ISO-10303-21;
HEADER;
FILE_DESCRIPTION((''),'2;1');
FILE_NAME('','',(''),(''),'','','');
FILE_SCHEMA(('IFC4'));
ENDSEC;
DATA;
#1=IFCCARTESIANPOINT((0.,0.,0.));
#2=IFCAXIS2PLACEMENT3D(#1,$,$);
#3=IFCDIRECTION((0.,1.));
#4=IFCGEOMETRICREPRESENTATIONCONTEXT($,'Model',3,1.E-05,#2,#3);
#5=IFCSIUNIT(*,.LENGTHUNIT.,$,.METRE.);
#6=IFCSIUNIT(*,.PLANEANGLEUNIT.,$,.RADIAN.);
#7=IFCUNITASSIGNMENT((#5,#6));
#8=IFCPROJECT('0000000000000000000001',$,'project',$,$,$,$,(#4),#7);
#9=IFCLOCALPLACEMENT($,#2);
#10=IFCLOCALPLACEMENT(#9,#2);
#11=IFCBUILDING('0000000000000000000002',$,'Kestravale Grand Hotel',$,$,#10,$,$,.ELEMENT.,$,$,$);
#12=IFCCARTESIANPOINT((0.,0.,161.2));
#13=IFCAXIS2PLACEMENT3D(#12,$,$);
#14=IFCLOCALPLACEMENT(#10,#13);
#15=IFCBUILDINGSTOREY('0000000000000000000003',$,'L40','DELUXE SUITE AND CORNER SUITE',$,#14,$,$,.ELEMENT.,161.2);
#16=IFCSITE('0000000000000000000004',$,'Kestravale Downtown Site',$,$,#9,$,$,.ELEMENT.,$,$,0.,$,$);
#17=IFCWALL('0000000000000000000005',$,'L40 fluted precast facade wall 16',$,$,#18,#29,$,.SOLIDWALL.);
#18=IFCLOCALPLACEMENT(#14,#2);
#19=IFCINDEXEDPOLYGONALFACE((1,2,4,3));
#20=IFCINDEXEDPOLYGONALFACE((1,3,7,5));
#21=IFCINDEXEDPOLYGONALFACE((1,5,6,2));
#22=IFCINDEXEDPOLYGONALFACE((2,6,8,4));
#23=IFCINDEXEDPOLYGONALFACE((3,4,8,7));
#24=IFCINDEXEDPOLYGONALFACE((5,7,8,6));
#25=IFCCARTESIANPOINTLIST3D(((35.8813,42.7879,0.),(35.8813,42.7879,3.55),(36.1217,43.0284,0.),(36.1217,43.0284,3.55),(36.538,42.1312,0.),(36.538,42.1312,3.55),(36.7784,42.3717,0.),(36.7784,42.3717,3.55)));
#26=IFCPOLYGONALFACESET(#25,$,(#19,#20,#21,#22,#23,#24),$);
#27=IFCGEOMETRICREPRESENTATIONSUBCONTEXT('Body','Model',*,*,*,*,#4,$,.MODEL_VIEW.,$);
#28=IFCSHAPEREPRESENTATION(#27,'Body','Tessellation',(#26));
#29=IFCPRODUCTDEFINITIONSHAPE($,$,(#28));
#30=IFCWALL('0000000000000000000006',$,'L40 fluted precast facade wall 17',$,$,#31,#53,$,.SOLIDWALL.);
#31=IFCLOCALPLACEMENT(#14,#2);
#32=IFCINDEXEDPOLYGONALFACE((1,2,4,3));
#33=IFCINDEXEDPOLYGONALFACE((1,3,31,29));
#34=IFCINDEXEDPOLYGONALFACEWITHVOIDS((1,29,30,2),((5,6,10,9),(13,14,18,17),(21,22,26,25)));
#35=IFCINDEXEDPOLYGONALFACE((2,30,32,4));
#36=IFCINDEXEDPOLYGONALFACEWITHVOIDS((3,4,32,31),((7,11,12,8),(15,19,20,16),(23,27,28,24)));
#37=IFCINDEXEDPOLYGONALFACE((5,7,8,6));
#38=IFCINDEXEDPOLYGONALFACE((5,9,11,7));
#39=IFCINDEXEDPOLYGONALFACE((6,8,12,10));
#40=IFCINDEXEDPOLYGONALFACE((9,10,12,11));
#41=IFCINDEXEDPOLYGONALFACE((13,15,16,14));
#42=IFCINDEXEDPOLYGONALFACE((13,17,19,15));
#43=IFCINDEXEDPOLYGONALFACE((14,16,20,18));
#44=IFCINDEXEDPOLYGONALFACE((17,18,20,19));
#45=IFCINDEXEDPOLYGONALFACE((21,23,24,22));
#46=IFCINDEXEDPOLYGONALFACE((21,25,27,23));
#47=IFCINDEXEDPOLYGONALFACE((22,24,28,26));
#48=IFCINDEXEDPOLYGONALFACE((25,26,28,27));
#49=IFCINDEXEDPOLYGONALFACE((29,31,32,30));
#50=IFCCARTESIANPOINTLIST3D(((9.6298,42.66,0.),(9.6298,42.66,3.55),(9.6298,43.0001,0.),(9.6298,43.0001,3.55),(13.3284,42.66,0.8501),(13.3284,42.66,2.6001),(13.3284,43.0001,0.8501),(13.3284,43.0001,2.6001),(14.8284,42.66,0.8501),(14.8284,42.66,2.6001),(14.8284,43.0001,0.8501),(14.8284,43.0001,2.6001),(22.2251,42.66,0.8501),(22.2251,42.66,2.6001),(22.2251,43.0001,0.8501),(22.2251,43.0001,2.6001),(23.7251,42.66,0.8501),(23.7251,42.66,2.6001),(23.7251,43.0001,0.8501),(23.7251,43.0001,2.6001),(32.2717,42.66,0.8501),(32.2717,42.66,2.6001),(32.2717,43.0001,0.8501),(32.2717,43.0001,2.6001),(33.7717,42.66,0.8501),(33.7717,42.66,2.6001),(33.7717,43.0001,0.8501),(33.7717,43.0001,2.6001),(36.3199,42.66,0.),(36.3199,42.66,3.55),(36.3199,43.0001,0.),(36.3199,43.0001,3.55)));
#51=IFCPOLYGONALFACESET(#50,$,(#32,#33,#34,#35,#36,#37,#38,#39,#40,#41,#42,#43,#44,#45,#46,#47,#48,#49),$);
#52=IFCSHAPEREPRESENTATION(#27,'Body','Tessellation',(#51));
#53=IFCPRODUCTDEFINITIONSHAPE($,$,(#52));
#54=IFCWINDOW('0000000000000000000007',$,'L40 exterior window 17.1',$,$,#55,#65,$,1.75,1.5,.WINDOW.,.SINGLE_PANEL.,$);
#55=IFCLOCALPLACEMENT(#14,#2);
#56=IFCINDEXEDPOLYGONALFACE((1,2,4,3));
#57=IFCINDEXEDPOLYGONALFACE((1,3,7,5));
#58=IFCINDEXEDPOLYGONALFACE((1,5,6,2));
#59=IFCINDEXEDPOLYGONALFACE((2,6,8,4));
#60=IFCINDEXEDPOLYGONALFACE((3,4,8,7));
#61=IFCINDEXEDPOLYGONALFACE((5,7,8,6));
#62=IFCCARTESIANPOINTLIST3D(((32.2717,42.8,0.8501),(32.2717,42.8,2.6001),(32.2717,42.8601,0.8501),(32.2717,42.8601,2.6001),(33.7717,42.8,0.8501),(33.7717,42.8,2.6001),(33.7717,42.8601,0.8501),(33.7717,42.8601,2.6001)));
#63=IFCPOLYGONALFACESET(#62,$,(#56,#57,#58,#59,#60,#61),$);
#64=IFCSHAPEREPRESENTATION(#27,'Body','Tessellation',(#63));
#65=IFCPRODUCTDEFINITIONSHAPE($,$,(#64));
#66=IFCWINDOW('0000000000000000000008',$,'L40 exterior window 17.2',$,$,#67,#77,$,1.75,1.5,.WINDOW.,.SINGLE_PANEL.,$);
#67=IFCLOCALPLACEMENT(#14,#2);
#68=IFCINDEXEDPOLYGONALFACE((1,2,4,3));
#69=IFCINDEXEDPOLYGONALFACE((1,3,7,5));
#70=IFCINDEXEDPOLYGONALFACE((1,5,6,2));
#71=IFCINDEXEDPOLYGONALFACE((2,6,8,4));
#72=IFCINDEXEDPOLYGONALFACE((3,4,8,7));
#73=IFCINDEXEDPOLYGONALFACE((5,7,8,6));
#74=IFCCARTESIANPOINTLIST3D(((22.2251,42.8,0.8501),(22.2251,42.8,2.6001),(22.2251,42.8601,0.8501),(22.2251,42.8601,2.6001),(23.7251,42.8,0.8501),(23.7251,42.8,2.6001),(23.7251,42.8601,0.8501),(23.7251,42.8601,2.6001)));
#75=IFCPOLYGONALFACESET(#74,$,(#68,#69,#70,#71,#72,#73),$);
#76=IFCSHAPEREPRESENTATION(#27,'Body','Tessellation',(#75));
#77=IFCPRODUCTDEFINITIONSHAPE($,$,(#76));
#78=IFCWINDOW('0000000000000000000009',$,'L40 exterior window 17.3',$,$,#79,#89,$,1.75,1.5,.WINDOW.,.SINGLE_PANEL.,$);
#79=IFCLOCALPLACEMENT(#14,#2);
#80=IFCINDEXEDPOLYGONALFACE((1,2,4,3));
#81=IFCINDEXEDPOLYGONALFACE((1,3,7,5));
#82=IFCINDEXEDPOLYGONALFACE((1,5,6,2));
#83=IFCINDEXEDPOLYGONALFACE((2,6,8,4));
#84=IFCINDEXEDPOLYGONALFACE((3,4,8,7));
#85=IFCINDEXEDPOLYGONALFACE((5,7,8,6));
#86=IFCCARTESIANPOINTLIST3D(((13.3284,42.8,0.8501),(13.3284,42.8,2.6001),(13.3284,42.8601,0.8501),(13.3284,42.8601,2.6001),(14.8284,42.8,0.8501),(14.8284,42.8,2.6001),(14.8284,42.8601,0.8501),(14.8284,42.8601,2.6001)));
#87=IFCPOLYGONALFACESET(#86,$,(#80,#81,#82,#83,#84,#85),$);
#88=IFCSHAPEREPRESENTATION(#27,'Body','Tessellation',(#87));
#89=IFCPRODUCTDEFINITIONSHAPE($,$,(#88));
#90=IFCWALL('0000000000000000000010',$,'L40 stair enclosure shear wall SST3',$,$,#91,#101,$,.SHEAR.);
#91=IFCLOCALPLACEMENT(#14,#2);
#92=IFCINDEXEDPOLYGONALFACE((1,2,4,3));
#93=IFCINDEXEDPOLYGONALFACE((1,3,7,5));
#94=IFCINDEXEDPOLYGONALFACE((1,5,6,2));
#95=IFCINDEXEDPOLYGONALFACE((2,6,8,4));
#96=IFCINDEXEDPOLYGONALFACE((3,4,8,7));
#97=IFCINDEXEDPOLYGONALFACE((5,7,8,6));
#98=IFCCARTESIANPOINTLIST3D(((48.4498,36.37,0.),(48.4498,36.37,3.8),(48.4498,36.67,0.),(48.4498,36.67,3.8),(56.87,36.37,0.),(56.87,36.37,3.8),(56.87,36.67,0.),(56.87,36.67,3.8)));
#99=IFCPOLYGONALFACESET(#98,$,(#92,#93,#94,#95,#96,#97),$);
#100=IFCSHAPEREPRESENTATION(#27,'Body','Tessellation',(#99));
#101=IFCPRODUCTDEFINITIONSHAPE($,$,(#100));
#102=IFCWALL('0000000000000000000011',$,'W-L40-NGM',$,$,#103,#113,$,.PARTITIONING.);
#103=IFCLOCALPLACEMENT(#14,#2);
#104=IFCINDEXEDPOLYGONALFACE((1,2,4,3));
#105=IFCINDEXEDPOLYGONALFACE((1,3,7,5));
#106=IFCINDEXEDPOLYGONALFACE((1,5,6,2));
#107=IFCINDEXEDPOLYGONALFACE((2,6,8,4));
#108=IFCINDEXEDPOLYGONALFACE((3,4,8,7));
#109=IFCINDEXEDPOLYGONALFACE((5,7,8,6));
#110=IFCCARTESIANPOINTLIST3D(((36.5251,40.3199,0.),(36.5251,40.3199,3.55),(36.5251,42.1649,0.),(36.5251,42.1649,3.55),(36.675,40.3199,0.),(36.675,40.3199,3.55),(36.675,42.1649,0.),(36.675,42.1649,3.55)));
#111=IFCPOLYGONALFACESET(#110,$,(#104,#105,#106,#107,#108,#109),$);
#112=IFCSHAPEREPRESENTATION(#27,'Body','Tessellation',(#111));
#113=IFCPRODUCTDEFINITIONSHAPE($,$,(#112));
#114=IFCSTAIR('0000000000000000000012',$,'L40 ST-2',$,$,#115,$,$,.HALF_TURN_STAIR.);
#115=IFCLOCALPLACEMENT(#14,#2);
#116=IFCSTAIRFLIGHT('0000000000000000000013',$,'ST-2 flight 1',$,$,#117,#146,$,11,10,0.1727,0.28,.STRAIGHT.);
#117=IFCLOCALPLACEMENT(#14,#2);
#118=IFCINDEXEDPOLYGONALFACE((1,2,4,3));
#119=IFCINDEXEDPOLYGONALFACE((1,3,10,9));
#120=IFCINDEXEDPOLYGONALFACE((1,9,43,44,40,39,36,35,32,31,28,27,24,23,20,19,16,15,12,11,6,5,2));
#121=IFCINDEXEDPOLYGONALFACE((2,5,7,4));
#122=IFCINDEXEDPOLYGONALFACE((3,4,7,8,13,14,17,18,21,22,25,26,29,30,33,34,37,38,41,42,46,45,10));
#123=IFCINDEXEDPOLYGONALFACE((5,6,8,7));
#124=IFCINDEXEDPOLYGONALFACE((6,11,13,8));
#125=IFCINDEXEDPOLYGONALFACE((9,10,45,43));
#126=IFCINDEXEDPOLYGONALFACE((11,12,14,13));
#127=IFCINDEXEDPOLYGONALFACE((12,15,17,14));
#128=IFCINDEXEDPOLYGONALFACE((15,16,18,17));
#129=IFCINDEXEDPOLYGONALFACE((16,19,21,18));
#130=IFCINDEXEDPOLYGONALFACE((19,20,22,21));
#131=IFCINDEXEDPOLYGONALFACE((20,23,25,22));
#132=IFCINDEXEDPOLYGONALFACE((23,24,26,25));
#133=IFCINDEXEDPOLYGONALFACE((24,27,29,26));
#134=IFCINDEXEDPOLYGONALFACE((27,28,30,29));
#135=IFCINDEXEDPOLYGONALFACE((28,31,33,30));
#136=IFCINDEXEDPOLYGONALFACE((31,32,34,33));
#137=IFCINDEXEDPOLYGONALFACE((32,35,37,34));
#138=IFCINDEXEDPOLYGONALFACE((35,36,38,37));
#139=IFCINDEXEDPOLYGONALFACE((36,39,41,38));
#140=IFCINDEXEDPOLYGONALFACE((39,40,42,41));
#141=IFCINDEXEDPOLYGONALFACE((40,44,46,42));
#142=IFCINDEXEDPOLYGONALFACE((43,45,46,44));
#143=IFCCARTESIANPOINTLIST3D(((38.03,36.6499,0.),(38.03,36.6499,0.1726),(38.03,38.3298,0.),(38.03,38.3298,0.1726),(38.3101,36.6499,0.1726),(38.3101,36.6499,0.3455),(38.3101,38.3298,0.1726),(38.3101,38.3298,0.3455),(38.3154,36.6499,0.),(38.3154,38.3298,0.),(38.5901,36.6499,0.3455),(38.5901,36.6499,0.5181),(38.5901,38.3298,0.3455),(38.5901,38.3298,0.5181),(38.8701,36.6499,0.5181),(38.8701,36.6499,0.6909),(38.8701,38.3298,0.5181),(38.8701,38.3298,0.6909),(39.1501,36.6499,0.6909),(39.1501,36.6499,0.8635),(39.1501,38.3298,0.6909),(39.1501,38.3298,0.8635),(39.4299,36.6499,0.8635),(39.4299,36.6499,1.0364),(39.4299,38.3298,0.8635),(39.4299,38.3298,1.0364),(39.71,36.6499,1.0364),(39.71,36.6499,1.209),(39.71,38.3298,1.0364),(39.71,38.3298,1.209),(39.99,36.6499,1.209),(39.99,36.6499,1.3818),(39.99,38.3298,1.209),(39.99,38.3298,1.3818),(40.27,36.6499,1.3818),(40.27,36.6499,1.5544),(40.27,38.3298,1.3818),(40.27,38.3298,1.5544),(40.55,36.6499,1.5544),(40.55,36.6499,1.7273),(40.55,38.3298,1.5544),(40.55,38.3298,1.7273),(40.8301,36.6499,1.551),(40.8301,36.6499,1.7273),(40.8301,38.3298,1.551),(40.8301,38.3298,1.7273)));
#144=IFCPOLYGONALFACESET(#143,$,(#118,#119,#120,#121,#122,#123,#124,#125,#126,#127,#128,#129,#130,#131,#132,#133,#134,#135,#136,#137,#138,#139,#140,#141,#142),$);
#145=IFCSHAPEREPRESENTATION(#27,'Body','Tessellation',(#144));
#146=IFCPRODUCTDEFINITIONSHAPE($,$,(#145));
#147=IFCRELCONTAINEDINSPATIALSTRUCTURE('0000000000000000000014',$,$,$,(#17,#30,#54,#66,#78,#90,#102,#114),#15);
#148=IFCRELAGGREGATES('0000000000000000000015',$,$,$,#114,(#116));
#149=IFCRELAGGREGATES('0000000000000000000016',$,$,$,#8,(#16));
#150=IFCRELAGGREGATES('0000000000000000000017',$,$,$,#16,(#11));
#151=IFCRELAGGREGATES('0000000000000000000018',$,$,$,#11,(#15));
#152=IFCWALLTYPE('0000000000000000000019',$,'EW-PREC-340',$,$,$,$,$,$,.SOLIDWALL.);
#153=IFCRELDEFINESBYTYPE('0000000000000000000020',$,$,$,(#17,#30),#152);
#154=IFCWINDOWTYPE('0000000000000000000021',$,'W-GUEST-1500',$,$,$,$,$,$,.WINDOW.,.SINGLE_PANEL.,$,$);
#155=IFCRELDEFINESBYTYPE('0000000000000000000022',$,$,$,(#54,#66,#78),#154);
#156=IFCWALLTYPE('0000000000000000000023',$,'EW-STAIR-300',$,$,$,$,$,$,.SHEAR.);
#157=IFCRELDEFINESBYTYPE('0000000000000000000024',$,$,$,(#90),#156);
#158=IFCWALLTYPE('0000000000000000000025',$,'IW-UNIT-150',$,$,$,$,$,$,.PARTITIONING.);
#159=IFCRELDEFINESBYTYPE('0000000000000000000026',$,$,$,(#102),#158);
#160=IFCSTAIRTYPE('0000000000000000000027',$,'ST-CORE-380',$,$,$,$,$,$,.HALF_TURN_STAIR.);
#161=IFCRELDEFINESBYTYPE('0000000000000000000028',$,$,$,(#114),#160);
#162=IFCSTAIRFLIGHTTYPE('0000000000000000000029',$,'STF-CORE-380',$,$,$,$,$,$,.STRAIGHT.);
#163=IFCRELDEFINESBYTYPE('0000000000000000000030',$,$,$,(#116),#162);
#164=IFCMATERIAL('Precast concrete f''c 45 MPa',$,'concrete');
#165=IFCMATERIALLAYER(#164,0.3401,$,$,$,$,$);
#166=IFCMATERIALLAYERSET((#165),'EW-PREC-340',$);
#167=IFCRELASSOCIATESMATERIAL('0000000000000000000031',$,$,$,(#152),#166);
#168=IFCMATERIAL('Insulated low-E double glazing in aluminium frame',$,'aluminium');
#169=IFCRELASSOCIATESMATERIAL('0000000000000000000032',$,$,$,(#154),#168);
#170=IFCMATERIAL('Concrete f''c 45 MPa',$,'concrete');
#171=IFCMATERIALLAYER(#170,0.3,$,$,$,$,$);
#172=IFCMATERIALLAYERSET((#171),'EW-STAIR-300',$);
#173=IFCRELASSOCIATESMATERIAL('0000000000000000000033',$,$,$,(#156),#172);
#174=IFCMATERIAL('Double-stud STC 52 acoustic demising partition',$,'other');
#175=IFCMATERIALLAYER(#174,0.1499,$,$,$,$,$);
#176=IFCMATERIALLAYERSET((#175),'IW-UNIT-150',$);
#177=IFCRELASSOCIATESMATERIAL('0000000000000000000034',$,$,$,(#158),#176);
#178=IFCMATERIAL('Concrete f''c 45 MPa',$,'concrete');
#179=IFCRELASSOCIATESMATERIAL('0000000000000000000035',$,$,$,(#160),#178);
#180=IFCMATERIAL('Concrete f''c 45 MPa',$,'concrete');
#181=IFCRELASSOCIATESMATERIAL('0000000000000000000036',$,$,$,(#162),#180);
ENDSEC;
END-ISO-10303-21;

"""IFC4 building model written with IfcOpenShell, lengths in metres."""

from ifc_helpers import new_model, si_unit, direction, frame, frame_2d, origin, place, context, subcontext, project, spatial, polyline, rectangle, outline, extrude, material, layer, layer_set, type_object, element, fill, aggregate, save


model = new_model("IFC4")

# Units and contexts
model_context = context("Model", 3, precision=1e-05, world=origin(), true_north=direction((0.0, 1.0)))
body_context = subcontext(model_context, "Body", "Model", "MODEL_VIEW")
ifc_project = project(units=[si_unit("LENGTHUNIT", "METRE"), si_unit("PLANEANGLEUNIT", "RADIAN")], contexts=[model_context])

# Site, building, storey
site_placement = place(None, origin())
site = spatial("IfcSite", under=ifc_project, at=site_placement, Name="Kestravale Downtown Site", CompositionType="ELEMENT", RefElevation=0.0)
building_placement = place(site_placement, origin())
building = spatial("IfcBuilding", under=site, at=building_placement, Name="Kestravale Grand Hotel", CompositionType="ELEMENT")
storey_placement = place(building_placement, frame((0.0, 0.0, 161.2)))
storey = spatial("IfcBuildingStorey", under=building, at=storey_placement, Name="L40", Description="DELUXE SUITE AND CORNER SUITE", CompositionType="ELEMENT", Elevation=161.2)

# Shared definitions
ifc_material_1 = material(Name="Precast concrete f'c 45 MPa", Category="concrete")
ifc_layer_1 = layer(ifc_material_1, 0.3401)
ifc_layer_set_1 = layer_set([ifc_layer_1], Name="EW-PREC-340")
wall_type_1 = type_object("IfcWallType", Name="EW-PREC-340", PredefinedType="SOLIDWALL", material=ifc_layer_set_1)

# Shared definitions
ifc_material_2 = material(Name="Insulated low-E double glazing in aluminium frame", Category="aluminium")
window_type = type_object("IfcWindowType", Name="W-GUEST-1500", PartitioningType="SINGLE_PANEL", PredefinedType="WINDOW", material=ifc_material_2)

# Wall
wall_1_placement = place(storey_placement, frame((36.6582, 42.2515, 0.0), z_axis=(0.0, 0.0, 1.0), x_axis=(-0.707107, 0.707107, 0.0)))
element("IfcWall", 1, at=wall_1_placement, inside=storey, type_object=wall_type_1, Name="L40 fluted precast facade wall 16", PredefinedType="SOLIDWALL", context=body_context, shape_type="SweptSolid", body=[
    extrude(rectangle(XDim=0.9287, YDim=0.3401, at=frame_2d((0.4644, 0.0))), origin(), (0.0, 0.0, 1.0), 3.55),
])

# Wall, openings, windows
wall_2_placement = place(storey_placement, frame((36.3201, 42.8301, 0.0), z_axis=(0.0, 0.0, 1.0), x_axis=(-1.0, 0.0, 0.0)))
wall_2 = element("IfcWall", 2, at=wall_2_placement, inside=storey, type_object=wall_type_1, Name="L40 fluted precast facade wall 17", PredefinedType="SOLIDWALL", context=body_context, shape_type="SweptSolid", body=[
    extrude(rectangle(XDim=26.6902, YDim=0.3401, at=frame_2d((13.3452, 0.0))), origin(), (0.0, 0.0, 1.0), 3.55),
])
opening_1_placement = place(wall_2_placement, frame((2.5483, 0.0, 0.8501)))
opening_1 = element("IfcOpeningElement", 3, at=opening_1_placement, cuts=wall_2, PredefinedType="OPENING", context=body_context, shape_type="SweptSolid", body=[
    extrude(rectangle(XDim=1.5, YDim=1.75, at=frame_2d((0.75, 0.875))), frame((0.0, 0.1799, 0.0), z_axis=(0.0, -1.0, 0.0), x_axis=(1.0, 0.0, 0.0)), (0.0, 0.0, 1.0), 0.3601),
])
opening_2_placement = place(wall_2_placement, frame((12.595, 0.0, 0.8501)))
opening_2 = element("IfcOpeningElement", 4, at=opening_2_placement, cuts=wall_2, PredefinedType="OPENING", context=body_context, shape_type="SweptSolid", body=[
    extrude(rectangle(XDim=1.5, YDim=1.75, at=frame_2d((0.75, 0.875))), frame((0.0, 0.1799, 0.0), z_axis=(0.0, -1.0, 0.0), x_axis=(1.0, 0.0, 0.0)), (0.0, 0.0, 1.0), 0.3601),
])
opening_3_placement = place(wall_2_placement, frame((21.4917, 0.0, 0.8501)))
opening_3 = element("IfcOpeningElement", 5, at=opening_3_placement, cuts=wall_2, PredefinedType="OPENING", context=body_context, shape_type="SweptSolid", body=[
    extrude(rectangle(XDim=1.5, YDim=1.75, at=frame_2d((0.75, 0.875))), frame((0.0, 0.1799, 0.0), z_axis=(0.0, -1.0, 0.0), x_axis=(1.0, 0.0, 0.0)), (0.0, 0.0, 1.0), 0.3601),
])
window_1_placement = place(opening_1_placement, origin())
window_1 = element("IfcWindow", 6, at=window_1_placement, inside=storey, type_object=window_type, Name="L40 exterior window 17.1", OverallHeight=1.75, OverallWidth=1.5, PartitioningType="SINGLE_PANEL", PredefinedType="WINDOW", context=body_context, shape_type="SweptSolid", body=[
    extrude(rectangle(XDim=1.5, YDim=1.75, at=frame_2d((0.75, 0.875))), frame((0.0, 0.03, 0.0), z_axis=(0.0, -1.0, 0.0), x_axis=(1.0, 0.0, 0.0)), (0.0, 0.0, 1.0), 0.0601),
])
fill(opening_1, window_1)
window_2_placement = place(opening_2_placement, origin())
window_2 = element("IfcWindow", 7, at=window_2_placement, inside=storey, type_object=window_type, Name="L40 exterior window 17.2", OverallHeight=1.75, OverallWidth=1.5, PartitioningType="SINGLE_PANEL", PredefinedType="WINDOW", context=body_context, shape_type="SweptSolid", body=[
    extrude(rectangle(XDim=1.5, YDim=1.75, at=frame_2d((0.75, 0.875))), frame((0.0, 0.03, 0.0), z_axis=(0.0, -1.0, 0.0), x_axis=(1.0, 0.0, 0.0)), (0.0, 0.0, 1.0), 0.0601),
])
fill(opening_2, window_2)
window_3_placement = place(opening_3_placement, origin())
window_3 = element("IfcWindow", 8, at=window_3_placement, inside=storey, type_object=window_type, Name="L40 exterior window 17.3", OverallHeight=1.75, OverallWidth=1.5, PartitioningType="SINGLE_PANEL", PredefinedType="WINDOW", context=body_context, shape_type="SweptSolid", body=[
    extrude(rectangle(XDim=1.5, YDim=1.75, at=frame_2d((0.75, 0.875))), frame((0.0, 0.03, 0.0), z_axis=(0.0, -1.0, 0.0), x_axis=(1.0, 0.0, 0.0)), (0.0, 0.0, 1.0), 0.0601),
])
fill(opening_3, window_3)

# Walls
ifc_material_3 = material(Name="Concrete f'c 45 MPa", Category="concrete")
ifc_layer_2 = layer(ifc_material_3, 0.3)
ifc_layer_set_2 = layer_set([ifc_layer_2], Name="EW-STAIR-300")
wall_type_2 = type_object("IfcWallType", Name="EW-STAIR-300", PredefinedType="SHEAR", material=ifc_layer_set_2)
wall_3_placement = place(storey_placement, frame((48.45, 36.52, 0.0), z_axis=(0.0, 0.0, 1.0), x_axis=(1.0, 0.0, 0.0)))
element("IfcWall", 9, at=wall_3_placement, inside=storey, type_object=wall_type_2, Name="L40 stair enclosure shear wall SST3", PredefinedType="SHEAR", context=body_context, shape_type="SweptSolid", body=[
    extrude(rectangle(XDim=8.4202, YDim=0.3, at=frame_2d((4.21, 0.0))), origin(), (0.0, 0.0, 1.0), 3.8),
])
ifc_material_4 = material(Name="Double-stud STC 52 acoustic demising partition", Category="other")
ifc_layer_3 = layer(ifc_material_4, 0.1499)
ifc_layer_set_3 = layer_set([ifc_layer_3], Name="IW-UNIT-150")
wall_type_3 = type_object("IfcWallType", Name="IW-UNIT-150", PredefinedType="PARTITIONING", material=ifc_layer_set_3)
wall_4_placement = place(storey_placement, frame((36.6001, 40.3201, 0.0), z_axis=(0.0, 0.0, 1.0), x_axis=(0.0, 1.0, 0.0)))
element("IfcWall", 10, at=wall_4_placement, inside=storey, type_object=wall_type_3, Name="W-L40-NGM", PredefinedType="PARTITIONING", context=body_context, shape_type="SweptSolid", body=[
    extrude(rectangle(XDim=1.845, YDim=0.1499, at=frame_2d((0.9224, 0.0))), origin(), (0.0, 0.0, 1.0), 3.55),
])

# Stair, stair flight
ifc_material_5 = material(Name="Concrete f'c 45 MPa", Category="concrete")
stair_type = type_object("IfcStairType", Name="ST-CORE-380", PredefinedType="HALF_TURN_STAIR", material=ifc_material_5)
stair_placement = place(storey_placement, origin())
stair = element("IfcStair", 11, at=stair_placement, inside=storey, type_object=stair_type, Name="L40 ST-2", PredefinedType="HALF_TURN_STAIR")
ifc_material_6 = material(Name="Concrete f'c 45 MPa", Category="concrete")
stair_flight_type = type_object("IfcStairFlightType", Name="STF-CORE-380", PredefinedType="STRAIGHT", material=ifc_material_6)
stair_flight_1_placement = place(storey_placement, frame((38.03, 37.49, 0.0), z_axis=(0.0, 0.0, 1.0), x_axis=(1.0, 0.0, 0.0)))
stair_flight_1 = element("IfcStairFlight", 12, at=stair_flight_1_placement, type_object=stair_flight_type, Name="ST-2 flight 1", NumberOfRisers=11, NumberOfTreads=10, PredefinedType="STRAIGHT", RiserHeight=0.1727, TreadLength=0.28, context=body_context, shape_type="SweptSolid", body=[
    extrude(outline(polyline([(0.0, 0.0), (0.0, 0.1726), (0.28, 0.1726), (0.28, 0.3455), (0.5601, 0.3455), (0.5601, 0.5181), (0.8401, 0.5181), (0.8401, 0.6909), (1.1201, 0.6909), (1.1201, 0.8635), (1.3999, 0.8635), (1.3999, 1.0364), (1.6799, 1.0364), (1.6799, 1.209), (1.96, 1.209), (1.96, 1.3818), (2.24, 1.3818), (2.24, 1.5544), (2.52, 1.5544), (2.52, 1.7273), (2.8, 1.7273), (2.8, 1.8999), (2.8, 1.551), (0.2854, 0.0), (0.0, 0.0)])), frame((0.0, 0.8398, 0.0), z_axis=(0.0, -1.0, 0.0), x_axis=(1.0, 0.0, 0.0)), (0.0, 0.0, 1.0), 1.6799),
])
aggregate(stair, [stair_flight_1])

save(model, "model.ifc")
